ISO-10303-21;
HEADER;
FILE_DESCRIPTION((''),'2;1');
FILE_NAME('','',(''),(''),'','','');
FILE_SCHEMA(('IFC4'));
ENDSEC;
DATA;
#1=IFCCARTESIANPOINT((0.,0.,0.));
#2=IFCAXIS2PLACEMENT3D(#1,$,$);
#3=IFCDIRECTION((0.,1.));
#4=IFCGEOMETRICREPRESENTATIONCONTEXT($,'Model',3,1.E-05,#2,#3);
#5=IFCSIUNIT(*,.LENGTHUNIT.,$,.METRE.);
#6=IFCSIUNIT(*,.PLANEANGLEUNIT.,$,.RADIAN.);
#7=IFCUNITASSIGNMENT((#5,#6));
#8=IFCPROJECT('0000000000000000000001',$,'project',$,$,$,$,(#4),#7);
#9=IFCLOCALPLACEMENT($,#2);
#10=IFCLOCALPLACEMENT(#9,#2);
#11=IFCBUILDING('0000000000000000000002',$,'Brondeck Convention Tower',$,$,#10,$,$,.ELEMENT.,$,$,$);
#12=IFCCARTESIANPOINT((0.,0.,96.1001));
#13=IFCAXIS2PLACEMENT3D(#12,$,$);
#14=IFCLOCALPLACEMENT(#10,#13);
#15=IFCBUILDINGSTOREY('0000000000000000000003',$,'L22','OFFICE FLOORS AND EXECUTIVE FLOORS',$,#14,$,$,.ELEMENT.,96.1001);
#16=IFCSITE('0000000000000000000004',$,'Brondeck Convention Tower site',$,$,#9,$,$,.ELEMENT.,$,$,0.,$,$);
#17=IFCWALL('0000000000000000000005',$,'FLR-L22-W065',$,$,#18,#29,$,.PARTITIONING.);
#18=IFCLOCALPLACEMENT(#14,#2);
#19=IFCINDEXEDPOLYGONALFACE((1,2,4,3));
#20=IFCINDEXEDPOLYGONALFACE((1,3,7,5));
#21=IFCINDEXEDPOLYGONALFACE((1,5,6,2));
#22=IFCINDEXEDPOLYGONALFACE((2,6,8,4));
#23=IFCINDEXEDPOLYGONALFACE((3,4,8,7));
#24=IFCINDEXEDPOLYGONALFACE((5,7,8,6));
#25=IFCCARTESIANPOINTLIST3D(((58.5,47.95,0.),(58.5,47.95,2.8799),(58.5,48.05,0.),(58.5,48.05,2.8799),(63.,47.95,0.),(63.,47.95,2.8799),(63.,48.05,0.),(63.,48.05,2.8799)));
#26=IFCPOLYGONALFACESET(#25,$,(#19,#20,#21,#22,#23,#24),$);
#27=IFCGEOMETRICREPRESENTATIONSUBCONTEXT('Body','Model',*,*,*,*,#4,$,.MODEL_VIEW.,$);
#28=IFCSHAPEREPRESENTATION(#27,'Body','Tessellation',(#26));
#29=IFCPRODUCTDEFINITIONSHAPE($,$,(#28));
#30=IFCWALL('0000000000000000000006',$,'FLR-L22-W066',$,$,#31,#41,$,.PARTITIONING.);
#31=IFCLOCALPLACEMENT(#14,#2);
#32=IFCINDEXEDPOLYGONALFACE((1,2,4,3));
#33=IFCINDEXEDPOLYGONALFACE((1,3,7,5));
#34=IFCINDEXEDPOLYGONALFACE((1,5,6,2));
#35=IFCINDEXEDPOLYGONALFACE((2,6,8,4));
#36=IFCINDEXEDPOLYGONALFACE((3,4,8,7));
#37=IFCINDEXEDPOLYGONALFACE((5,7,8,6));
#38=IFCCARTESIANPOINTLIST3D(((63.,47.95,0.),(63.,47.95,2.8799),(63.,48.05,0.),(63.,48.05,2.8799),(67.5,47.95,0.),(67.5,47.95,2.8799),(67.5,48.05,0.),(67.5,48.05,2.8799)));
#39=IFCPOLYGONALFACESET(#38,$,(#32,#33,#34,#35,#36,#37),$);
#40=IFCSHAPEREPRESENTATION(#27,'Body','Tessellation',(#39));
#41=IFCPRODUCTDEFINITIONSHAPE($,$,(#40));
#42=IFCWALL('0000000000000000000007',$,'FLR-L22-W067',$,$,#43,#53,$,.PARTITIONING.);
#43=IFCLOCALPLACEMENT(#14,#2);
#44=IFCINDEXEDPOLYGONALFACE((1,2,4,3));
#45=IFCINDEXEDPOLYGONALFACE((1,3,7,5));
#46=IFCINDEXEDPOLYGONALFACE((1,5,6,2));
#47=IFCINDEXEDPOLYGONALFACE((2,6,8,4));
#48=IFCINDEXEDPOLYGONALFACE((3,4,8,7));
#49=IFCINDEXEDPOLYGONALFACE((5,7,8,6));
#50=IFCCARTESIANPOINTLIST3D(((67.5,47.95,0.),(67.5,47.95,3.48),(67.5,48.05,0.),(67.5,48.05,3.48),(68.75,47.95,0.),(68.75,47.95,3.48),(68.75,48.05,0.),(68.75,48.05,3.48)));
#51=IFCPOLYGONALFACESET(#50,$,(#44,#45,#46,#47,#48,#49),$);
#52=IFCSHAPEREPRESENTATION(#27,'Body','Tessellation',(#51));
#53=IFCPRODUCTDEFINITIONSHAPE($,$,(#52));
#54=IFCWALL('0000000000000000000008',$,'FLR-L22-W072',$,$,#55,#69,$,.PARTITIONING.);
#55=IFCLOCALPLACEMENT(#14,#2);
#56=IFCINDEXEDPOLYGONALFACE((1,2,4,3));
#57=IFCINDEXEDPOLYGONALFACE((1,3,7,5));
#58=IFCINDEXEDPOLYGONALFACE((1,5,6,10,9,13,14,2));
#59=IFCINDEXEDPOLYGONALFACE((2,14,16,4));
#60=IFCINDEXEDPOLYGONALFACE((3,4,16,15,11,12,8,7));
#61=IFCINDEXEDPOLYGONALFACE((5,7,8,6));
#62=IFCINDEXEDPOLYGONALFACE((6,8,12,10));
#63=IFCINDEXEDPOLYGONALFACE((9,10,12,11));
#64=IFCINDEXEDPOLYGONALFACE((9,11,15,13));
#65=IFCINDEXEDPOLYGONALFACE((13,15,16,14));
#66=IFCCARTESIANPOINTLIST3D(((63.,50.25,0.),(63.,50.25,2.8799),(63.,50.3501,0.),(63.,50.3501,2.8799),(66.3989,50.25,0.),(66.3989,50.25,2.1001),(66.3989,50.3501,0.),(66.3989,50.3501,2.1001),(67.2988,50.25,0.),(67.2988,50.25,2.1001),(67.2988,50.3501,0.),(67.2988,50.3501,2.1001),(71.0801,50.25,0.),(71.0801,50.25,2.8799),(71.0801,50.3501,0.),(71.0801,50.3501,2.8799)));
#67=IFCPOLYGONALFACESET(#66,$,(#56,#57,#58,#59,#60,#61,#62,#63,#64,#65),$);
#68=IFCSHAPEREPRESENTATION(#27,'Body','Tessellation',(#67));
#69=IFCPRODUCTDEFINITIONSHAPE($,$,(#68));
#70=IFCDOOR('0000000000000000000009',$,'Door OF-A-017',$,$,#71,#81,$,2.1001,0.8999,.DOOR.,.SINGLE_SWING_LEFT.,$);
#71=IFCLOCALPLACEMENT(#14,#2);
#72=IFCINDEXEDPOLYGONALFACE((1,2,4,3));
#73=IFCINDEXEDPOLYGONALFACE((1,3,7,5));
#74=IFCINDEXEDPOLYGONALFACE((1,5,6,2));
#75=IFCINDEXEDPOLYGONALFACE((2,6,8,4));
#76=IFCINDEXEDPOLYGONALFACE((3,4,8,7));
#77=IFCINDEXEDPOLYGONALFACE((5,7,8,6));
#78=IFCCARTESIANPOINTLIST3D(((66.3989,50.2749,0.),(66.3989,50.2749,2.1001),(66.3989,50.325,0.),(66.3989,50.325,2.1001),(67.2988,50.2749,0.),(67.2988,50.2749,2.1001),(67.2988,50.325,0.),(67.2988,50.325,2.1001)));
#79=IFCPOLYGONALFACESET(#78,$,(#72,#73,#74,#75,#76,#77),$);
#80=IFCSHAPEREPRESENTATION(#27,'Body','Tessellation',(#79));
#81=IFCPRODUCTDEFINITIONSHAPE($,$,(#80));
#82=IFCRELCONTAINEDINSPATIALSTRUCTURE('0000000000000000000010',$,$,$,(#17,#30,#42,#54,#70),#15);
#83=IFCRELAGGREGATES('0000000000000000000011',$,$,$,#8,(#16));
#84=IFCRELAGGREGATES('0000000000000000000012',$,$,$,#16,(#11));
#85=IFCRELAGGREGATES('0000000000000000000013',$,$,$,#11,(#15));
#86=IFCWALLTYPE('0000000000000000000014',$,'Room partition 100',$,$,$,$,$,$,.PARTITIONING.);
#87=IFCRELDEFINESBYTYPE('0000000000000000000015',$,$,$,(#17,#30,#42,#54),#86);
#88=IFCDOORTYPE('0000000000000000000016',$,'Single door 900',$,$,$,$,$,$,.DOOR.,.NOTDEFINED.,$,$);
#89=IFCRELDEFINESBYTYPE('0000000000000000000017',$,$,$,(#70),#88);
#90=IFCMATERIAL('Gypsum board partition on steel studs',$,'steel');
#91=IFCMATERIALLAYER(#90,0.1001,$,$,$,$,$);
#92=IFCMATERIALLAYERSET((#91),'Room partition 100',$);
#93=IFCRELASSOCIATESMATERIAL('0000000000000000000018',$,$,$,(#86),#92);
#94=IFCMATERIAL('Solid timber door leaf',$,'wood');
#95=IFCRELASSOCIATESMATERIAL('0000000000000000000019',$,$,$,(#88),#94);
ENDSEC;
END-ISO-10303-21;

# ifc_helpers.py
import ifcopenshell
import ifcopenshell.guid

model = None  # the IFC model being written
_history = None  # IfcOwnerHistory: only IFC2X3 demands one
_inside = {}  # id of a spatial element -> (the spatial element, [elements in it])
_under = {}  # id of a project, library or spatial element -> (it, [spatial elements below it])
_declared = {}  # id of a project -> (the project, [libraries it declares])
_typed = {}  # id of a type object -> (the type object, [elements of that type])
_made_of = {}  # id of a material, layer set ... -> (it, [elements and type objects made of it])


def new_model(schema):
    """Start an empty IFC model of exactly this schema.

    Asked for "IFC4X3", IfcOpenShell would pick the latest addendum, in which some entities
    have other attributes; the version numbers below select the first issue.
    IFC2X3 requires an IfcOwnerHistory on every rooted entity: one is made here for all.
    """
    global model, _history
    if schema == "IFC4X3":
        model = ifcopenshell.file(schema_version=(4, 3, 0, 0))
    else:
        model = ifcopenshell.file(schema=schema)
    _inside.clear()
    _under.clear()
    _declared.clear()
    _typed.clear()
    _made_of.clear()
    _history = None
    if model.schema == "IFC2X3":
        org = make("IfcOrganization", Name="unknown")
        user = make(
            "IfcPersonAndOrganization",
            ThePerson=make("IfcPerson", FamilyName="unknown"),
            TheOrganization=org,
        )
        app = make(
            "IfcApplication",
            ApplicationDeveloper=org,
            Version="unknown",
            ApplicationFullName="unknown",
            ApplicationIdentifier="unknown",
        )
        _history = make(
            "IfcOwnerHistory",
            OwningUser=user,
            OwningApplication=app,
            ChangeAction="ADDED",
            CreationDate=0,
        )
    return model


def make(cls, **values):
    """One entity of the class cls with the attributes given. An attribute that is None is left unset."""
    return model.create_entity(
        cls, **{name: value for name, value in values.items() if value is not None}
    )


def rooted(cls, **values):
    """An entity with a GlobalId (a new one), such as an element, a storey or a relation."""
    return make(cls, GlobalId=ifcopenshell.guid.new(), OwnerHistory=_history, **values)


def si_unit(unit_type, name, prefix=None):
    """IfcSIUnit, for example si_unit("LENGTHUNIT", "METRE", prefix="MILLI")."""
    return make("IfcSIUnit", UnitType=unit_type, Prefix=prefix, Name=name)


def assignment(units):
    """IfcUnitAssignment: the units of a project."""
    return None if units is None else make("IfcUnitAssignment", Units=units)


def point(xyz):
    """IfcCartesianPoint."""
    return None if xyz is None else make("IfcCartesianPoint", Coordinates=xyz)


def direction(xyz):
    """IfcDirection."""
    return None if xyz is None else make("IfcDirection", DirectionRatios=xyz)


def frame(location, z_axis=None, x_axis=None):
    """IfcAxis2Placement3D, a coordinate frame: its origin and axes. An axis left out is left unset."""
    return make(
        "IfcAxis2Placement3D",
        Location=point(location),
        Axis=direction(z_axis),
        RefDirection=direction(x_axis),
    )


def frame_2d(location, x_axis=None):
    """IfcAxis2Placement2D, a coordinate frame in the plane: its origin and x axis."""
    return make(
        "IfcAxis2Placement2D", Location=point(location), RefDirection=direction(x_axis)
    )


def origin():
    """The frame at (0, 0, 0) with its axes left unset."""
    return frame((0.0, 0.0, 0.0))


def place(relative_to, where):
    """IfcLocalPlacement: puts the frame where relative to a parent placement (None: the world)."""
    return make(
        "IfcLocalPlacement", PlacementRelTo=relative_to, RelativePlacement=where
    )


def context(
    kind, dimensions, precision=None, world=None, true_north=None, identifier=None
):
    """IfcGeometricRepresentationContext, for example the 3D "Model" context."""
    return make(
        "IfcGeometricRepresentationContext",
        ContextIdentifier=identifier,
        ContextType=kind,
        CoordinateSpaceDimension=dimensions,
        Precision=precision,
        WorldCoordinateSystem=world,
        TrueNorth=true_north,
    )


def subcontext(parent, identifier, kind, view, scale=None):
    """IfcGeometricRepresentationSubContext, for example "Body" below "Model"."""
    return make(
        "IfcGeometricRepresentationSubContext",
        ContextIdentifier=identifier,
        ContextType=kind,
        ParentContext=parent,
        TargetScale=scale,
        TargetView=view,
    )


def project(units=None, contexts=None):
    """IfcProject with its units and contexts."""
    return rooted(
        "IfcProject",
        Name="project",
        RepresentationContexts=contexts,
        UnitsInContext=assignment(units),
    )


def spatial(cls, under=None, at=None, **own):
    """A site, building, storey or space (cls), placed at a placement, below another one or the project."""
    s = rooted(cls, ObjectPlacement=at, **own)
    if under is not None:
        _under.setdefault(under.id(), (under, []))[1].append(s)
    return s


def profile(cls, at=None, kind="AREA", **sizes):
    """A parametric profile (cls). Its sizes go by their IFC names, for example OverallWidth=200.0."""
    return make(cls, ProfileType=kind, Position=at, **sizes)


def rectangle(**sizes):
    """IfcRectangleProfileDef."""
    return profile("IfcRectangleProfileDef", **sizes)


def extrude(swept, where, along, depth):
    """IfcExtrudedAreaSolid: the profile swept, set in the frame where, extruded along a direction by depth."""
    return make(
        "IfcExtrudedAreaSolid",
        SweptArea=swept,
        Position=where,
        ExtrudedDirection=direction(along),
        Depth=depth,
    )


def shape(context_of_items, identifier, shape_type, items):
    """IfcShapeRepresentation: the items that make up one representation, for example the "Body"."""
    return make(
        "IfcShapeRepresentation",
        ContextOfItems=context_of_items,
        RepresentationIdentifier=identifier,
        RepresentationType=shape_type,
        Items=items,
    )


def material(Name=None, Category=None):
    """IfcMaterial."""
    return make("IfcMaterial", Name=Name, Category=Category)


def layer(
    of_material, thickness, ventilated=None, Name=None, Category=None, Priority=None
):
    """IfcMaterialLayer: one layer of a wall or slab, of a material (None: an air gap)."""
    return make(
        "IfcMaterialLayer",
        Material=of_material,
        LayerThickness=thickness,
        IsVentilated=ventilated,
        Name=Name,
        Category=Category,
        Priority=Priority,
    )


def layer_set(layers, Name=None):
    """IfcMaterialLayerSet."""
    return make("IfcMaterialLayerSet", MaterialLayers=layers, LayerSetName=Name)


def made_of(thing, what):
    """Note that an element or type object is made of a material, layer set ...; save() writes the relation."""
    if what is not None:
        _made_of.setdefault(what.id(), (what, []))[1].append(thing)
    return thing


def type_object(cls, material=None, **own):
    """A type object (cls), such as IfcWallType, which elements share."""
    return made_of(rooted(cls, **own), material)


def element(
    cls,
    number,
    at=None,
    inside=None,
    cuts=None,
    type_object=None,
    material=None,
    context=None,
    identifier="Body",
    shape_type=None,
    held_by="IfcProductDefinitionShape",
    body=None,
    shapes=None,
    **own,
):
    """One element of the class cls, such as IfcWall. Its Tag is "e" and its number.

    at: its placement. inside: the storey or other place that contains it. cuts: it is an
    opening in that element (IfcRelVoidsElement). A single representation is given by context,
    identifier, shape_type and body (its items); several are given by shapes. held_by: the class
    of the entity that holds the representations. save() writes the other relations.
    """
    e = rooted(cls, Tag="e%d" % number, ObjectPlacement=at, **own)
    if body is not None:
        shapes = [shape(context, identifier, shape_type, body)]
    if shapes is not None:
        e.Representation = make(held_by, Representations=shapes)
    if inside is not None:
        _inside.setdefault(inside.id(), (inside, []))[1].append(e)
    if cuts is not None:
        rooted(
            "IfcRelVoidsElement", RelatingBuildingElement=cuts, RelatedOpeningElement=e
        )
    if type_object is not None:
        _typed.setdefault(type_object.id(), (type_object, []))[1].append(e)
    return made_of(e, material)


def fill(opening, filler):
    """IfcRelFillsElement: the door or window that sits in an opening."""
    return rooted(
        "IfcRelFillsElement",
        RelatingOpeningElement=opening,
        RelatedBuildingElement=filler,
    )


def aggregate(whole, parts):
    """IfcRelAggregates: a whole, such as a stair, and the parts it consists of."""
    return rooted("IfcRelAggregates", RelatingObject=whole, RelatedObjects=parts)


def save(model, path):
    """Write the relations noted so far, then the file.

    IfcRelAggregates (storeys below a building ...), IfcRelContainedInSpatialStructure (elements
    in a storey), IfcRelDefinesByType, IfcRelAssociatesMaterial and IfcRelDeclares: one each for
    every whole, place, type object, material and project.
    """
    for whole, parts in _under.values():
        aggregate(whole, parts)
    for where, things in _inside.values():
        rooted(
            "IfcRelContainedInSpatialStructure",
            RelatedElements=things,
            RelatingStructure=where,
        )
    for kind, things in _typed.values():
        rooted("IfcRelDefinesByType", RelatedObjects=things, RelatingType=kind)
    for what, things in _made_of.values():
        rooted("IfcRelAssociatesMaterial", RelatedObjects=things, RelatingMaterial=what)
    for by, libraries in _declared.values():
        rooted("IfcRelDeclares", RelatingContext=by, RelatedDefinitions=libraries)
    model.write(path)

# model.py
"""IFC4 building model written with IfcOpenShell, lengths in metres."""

from ifc_helpers import new_model, si_unit, direction, frame, frame_2d, origin, place, context, subcontext, project, spatial, rectangle, extrude, material, layer, layer_set, type_object, element, fill, save


model = new_model("IFC4")

# Units and contexts
model_context = context("Model", 3, precision=1e-05, world=origin(), true_north=direction((0.0, 1.0)))
body_context = subcontext(model_context, "Body", "Model", "MODEL_VIEW")
ifc_project = project(units=[si_unit("LENGTHUNIT", "METRE"), si_unit("PLANEANGLEUNIT", "RADIAN")], contexts=[model_context])

# Site, building, storey
site_placement = place(None, origin())
site = spatial("IfcSite", under=ifc_project, at=site_placement, Name="Brondeck Convention Tower site", CompositionType="ELEMENT", RefElevation=0.0)
building_placement = place(site_placement, origin())
building = spatial("IfcBuilding", under=site, at=building_placement, Name="Brondeck Convention Tower", CompositionType="ELEMENT")
storey_placement = place(building_placement, frame((0.0, 0.0, 96.1001)))
storey = spatial("IfcBuildingStorey", under=building, at=storey_placement, Name="L22", Description="OFFICE FLOORS AND EXECUTIVE FLOORS", CompositionType="ELEMENT", Elevation=96.1001)

# Walls
ifc_material_1 = material(Name="Gypsum board partition on steel studs", Category="steel")
ifc_layer = layer(ifc_material_1, 0.1001)
ifc_layer_set = layer_set([ifc_layer], Name="Room partition 100")
wall_type = type_object("IfcWallType", Name="Room partition 100", PredefinedType="PARTITIONING", material=ifc_layer_set)
for number, where, z_axis, x_axis, name in (
    (1, (63.0, 48.0, 0.0), (0.0, 0.0, 1.0), (-1.0, 0.0, 0.0), "FLR-L22-W065"),
    (2, (67.5, 48.0, 0.0), (0.0, 0.0, 1.0), (-1.0, 0.0, 0.0), "FLR-L22-W066"),
):
    element("IfcWall", number, at=place(storey_placement, frame(where, z_axis=z_axis, x_axis=x_axis)), inside=storey, type_object=wall_type, Name=name, PredefinedType="PARTITIONING", context=body_context, shape_type="SweptSolid", body=[
        extrude(rectangle(XDim=4.5, YDim=0.1001, at=frame_2d((2.25, 0.0))), origin(), (0.0, 0.0, 1.0), 2.8799),
    ])
wall_1_placement = place(storey_placement, frame((68.75, 48.0, 0.0), z_axis=(0.0, 0.0, 1.0), x_axis=(-1.0, 0.0, 0.0)))
element("IfcWall", 3, at=wall_1_placement, inside=storey, type_object=wall_type, Name="FLR-L22-W067", PredefinedType="PARTITIONING", context=body_context, shape_type="SweptSolid", body=[
    extrude(rectangle(XDim=1.25, YDim=0.1001, at=frame_2d((0.625, 0.0))), origin(), (0.0, 0.0, 1.0), 3.48),
])

# Wall, opening, door
wall_2_placement = place(storey_placement, frame((63.0, 50.3, 0.0), z_axis=(0.0, 0.0, 1.0), x_axis=(1.0, 0.0, 0.0)))
wall_2 = element("IfcWall", 4, at=wall_2_placement, inside=storey, type_object=wall_type, Name="FLR-L22-W072", PredefinedType="PARTITIONING", context=body_context, shape_type="SweptSolid", body=[
    extrude(rectangle(XDim=8.0801, YDim=0.1001, at=frame_2d((4.04, 0.0))), origin(), (0.0, 0.0, 1.0), 2.8799),
])
opening_placement = place(wall_2_placement, frame((3.3989, 0.0, 0.0)))
opening = element("IfcOpeningElement", 5, at=opening_placement, cuts=wall_2, PredefinedType="OPENING", context=body_context, shape_type="SweptSolid", body=[
    extrude(rectangle(XDim=0.8999, YDim=2.1001, at=frame_2d((0.45, 1.05))), frame((0.0, 0.0601, 0.0), z_axis=(0.0, -1.0, 0.0), x_axis=(1.0, 0.0, 0.0)), (0.0, 0.0, 1.0), 0.1201),
])
ifc_material_2 = material(Name="Solid timber door leaf", Category="wood")
door_type = type_object("IfcDoorType", Name="Single door 900", OperationType="NOTDEFINED", PredefinedType="DOOR", material=ifc_material_2)
door_placement = place(opening_placement, origin())
door = element("IfcDoor", 6, at=door_placement, inside=storey, type_object=door_type, Name="Door OF-A-017", OperationType="SINGLE_SWING_LEFT", OverallHeight=2.1001, OverallWidth=0.8999, PredefinedType="DOOR", context=body_context, shape_type="SweptSolid", body=[
    extrude(rectangle(XDim=0.8999, YDim=2.1001, at=frame_2d((0.45, 1.05))), frame((0.0, 0.0249, 0.0), z_axis=(0.0, -1.0, 0.0), x_axis=(1.0, 0.0, 0.0)), (0.0, 0.0, 1.0), 0.05),
])
fill(opening, door)

save(model, "model.ifc")
